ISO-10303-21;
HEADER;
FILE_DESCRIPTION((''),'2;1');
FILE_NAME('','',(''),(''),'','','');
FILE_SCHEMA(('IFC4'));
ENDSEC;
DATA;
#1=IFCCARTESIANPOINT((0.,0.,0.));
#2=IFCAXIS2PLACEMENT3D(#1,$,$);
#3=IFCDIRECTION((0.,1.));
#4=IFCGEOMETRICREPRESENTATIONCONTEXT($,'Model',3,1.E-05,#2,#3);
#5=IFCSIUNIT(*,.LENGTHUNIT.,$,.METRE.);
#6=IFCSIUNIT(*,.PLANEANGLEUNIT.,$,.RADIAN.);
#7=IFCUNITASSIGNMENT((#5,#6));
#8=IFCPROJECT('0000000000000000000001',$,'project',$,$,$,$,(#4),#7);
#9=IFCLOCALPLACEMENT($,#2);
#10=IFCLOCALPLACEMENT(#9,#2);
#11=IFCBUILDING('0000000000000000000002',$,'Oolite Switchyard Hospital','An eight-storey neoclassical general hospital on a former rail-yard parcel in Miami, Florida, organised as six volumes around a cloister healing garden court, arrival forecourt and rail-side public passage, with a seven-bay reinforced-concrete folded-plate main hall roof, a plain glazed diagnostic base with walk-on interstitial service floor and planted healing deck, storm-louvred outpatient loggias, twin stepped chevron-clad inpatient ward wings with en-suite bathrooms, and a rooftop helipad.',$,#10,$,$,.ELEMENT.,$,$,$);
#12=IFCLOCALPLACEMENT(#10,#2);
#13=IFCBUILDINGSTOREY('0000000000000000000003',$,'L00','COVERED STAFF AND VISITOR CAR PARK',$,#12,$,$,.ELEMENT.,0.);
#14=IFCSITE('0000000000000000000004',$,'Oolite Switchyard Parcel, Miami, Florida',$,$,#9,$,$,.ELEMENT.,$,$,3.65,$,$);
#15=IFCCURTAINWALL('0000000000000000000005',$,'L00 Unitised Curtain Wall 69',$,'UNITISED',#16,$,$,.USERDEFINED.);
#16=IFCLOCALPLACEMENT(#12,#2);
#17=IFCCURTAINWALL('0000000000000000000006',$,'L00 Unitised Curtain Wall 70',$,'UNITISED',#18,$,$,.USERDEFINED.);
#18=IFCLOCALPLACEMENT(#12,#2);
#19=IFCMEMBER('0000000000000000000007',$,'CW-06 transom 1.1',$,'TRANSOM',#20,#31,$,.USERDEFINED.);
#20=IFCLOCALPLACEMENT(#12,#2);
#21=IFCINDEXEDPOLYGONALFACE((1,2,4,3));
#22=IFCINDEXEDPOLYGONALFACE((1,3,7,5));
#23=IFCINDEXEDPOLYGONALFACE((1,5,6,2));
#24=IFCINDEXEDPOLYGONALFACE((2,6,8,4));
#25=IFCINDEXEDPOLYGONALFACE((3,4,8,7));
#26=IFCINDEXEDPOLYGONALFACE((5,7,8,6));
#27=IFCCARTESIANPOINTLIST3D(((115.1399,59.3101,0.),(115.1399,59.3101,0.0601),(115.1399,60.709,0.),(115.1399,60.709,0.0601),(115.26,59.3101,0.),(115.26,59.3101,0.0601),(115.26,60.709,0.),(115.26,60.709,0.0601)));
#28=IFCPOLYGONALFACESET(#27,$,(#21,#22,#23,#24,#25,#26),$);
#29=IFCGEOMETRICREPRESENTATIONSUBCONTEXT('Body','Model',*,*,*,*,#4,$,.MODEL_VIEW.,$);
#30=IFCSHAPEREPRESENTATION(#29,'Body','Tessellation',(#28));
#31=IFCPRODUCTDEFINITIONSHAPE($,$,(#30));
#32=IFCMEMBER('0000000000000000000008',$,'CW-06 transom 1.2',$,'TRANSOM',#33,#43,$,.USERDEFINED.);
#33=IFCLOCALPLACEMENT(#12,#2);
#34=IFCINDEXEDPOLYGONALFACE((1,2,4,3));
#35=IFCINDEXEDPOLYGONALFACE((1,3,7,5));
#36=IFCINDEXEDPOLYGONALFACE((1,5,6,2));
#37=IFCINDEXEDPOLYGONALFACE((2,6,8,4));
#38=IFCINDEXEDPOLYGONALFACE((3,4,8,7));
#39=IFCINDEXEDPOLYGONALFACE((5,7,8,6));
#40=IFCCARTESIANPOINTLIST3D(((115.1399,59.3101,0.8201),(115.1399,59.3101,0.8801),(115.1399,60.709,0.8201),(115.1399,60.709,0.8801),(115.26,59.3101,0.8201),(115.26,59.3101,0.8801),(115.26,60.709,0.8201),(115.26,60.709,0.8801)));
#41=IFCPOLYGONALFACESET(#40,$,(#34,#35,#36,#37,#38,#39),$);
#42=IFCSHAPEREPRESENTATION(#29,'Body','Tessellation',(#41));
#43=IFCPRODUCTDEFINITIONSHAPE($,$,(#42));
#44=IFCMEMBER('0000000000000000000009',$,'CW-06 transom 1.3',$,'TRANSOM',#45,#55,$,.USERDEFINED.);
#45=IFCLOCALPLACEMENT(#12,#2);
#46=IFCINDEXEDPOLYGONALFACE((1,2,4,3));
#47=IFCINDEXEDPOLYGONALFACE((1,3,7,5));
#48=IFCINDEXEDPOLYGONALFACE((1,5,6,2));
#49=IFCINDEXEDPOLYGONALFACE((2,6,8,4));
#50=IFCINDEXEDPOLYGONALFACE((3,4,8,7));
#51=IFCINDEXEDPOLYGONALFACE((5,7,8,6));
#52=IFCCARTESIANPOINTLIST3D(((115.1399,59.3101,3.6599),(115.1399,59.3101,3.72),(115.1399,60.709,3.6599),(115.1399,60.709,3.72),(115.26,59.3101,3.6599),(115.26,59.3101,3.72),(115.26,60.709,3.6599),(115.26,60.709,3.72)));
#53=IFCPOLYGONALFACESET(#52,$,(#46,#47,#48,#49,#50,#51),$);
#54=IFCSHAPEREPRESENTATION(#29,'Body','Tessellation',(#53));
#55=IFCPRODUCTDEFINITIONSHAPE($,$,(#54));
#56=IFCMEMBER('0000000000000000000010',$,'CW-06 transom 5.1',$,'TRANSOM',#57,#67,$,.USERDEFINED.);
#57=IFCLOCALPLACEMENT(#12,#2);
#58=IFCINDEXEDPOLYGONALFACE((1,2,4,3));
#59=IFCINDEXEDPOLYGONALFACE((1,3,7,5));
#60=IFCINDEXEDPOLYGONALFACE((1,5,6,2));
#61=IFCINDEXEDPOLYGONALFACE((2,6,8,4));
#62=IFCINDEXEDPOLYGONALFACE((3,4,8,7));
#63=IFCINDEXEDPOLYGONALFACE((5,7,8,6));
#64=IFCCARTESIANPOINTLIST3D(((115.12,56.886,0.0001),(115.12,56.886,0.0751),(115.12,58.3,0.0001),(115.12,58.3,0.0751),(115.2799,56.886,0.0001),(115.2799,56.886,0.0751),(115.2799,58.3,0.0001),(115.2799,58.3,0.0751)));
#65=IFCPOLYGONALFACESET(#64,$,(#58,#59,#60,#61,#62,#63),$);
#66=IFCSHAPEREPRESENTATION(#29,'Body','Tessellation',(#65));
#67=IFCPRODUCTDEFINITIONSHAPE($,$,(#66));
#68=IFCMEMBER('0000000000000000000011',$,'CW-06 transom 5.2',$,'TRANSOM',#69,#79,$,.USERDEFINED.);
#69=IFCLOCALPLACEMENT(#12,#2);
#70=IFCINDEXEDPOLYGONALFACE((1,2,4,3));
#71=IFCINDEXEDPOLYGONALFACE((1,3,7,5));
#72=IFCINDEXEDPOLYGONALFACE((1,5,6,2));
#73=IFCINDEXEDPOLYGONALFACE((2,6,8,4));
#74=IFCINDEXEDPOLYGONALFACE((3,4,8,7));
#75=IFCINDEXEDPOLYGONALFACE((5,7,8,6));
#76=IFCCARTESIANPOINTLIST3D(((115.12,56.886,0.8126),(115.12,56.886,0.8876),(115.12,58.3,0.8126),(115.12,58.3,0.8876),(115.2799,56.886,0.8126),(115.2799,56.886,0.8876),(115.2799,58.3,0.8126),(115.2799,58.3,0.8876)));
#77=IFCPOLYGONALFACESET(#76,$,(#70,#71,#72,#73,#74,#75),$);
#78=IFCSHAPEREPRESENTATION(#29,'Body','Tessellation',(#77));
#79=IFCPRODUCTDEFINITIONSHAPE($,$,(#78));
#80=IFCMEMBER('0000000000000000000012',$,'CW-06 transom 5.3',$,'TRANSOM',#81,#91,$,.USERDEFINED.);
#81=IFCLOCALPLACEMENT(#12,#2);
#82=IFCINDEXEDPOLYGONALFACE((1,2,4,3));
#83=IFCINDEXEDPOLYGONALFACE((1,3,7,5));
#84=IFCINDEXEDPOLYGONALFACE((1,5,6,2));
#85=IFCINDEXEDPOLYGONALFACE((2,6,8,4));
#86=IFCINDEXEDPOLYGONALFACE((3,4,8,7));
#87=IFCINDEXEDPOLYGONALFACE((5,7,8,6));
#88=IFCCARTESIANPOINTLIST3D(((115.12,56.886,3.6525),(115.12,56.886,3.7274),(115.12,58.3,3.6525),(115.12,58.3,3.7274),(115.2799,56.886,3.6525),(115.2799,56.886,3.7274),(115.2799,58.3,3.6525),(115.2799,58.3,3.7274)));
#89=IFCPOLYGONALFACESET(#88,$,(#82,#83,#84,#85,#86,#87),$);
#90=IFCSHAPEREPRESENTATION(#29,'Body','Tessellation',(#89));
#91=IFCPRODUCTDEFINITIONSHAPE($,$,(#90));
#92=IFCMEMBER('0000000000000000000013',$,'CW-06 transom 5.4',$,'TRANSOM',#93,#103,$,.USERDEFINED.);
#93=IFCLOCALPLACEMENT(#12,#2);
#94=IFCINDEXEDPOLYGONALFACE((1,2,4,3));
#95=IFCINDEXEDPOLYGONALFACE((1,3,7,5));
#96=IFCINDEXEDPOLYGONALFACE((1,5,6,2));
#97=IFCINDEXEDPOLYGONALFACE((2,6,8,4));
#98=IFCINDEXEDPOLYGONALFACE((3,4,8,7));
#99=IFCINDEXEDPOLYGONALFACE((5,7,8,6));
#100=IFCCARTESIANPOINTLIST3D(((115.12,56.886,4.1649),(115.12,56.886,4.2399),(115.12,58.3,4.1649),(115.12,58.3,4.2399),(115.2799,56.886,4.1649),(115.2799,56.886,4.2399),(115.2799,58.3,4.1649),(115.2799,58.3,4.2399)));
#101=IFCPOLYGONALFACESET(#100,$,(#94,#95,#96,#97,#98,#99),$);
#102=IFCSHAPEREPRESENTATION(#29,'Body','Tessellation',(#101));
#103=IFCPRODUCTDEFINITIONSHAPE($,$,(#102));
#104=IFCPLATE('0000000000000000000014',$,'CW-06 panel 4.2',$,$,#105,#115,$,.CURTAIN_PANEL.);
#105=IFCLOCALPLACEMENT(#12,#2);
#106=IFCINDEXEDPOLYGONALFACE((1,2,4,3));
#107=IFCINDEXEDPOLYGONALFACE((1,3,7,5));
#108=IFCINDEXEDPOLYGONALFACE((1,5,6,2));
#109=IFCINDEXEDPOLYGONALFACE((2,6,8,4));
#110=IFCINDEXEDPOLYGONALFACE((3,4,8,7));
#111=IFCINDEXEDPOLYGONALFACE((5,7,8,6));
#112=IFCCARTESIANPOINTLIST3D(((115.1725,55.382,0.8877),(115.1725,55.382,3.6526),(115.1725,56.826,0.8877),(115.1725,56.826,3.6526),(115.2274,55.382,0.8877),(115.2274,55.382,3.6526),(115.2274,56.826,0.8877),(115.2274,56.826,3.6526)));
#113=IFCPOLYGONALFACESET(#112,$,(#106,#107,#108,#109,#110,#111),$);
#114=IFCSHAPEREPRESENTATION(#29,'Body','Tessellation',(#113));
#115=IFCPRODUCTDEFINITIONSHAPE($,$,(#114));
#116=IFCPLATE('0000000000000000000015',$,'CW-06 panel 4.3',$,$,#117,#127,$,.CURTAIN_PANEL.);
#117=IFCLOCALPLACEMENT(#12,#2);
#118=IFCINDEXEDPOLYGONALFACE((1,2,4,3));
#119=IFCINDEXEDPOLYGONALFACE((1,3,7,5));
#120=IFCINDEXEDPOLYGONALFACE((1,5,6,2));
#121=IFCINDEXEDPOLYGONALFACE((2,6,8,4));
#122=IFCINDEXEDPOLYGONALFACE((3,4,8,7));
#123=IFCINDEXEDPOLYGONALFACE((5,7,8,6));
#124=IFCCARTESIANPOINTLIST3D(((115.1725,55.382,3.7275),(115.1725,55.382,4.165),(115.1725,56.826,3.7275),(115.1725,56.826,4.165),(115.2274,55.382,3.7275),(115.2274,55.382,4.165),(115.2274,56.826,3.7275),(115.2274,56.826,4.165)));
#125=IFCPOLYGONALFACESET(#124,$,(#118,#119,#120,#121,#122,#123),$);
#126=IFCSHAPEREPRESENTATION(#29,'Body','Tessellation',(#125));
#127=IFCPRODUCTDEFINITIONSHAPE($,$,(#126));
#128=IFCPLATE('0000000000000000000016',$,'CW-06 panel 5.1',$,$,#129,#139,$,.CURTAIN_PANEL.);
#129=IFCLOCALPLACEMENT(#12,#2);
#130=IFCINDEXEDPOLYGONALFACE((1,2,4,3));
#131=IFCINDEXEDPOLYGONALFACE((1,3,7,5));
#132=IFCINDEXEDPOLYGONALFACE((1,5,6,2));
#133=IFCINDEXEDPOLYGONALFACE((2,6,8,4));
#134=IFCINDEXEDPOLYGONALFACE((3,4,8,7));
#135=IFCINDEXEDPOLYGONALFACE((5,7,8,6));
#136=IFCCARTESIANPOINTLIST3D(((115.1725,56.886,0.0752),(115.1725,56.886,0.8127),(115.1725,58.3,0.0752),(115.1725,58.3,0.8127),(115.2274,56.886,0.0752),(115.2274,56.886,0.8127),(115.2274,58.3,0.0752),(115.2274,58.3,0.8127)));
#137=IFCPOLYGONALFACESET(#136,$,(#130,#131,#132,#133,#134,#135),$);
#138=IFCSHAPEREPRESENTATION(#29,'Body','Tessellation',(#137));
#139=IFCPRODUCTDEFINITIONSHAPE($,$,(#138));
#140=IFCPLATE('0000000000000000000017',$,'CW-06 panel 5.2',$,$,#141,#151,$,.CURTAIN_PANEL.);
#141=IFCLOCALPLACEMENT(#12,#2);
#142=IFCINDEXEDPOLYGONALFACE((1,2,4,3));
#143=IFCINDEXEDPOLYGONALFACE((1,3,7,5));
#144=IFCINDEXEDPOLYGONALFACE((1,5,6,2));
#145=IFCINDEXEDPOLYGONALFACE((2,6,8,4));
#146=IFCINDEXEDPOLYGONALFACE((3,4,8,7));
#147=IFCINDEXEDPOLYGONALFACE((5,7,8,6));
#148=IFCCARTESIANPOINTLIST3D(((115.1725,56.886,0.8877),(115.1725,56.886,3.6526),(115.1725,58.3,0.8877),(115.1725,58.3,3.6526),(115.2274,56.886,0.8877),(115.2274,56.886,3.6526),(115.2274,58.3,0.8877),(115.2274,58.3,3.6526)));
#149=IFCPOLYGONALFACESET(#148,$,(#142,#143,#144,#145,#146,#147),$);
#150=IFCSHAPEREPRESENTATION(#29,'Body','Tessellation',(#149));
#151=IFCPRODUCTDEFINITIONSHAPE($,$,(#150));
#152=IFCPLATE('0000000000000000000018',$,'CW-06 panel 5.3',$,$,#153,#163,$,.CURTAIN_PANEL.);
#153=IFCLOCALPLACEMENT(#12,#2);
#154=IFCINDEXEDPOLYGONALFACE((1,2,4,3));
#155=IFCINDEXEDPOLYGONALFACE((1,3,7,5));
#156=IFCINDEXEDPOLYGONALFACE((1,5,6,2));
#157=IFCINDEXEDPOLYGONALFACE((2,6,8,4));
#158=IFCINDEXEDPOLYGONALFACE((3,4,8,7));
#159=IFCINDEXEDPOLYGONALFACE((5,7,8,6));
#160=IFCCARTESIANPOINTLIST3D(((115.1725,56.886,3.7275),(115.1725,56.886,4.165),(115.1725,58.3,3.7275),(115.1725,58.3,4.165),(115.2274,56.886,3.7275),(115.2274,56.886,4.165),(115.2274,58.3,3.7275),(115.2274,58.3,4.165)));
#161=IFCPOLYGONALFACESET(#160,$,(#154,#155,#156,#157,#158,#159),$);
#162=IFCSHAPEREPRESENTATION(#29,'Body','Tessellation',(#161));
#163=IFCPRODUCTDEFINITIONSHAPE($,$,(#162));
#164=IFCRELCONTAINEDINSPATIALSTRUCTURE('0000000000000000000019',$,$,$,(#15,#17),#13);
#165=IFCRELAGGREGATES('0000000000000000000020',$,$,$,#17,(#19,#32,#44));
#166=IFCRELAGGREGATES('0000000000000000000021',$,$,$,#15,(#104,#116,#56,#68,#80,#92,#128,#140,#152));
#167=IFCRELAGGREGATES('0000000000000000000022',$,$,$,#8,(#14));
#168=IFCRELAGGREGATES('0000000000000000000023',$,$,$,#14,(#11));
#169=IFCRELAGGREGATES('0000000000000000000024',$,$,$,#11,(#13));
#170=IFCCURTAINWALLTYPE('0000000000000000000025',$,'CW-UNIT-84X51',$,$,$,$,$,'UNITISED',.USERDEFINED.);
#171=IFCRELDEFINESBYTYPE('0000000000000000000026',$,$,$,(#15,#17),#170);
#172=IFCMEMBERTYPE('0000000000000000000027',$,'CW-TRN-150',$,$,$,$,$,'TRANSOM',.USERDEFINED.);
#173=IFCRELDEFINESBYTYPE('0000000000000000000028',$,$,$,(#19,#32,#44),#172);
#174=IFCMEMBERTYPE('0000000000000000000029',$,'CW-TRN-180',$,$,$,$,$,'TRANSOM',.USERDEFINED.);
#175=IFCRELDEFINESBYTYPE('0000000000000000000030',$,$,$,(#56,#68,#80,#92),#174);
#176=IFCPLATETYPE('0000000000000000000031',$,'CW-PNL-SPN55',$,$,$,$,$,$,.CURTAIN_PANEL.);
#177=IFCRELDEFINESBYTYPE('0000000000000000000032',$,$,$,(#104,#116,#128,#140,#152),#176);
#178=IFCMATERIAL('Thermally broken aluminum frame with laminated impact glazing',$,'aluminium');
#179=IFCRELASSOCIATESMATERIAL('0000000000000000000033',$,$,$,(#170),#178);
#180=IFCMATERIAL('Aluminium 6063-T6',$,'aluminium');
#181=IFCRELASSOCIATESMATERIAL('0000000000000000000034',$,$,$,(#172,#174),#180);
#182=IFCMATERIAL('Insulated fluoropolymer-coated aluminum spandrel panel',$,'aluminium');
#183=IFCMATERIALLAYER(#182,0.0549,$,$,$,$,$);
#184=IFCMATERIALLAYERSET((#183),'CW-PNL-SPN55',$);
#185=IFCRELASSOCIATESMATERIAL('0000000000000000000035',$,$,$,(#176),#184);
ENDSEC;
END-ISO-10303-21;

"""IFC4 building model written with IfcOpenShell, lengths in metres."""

from ifc_helpers import new_model, si_unit, direction, frame, origin, origin_2d, place, context, subcontext, project, spatial, rectangle, extrude, material, layer, layer_set, material_profile, profile_set, type_object, element, aggregate, save


model = new_model("IFC4")

# Units and contexts
model_context = context("Model", 3, precision=1e-05, world=origin(), true_north=direction((0.0, 1.0)))
body_context = subcontext(model_context, "Body", "Model", "MODEL_VIEW")
ifc_project = project(units=[si_unit("LENGTHUNIT", "METRE"), si_unit("PLANEANGLEUNIT", "RADIAN")], contexts=[model_context])

# Site, building, storey
site_placement = place(None, origin())
site = spatial("IfcSite", under=ifc_project, at=site_placement, Name="Oolite Switchyard Parcel, Miami, Florida", CompositionType="ELEMENT", RefElevation=3.65)
building_placement = place(site_placement, origin())
building = spatial("IfcBuilding", under=site, at=building_placement, Name="Oolite Switchyard Hospital", Description="An eight-storey neoclassical general hospital on a former rail-yard parcel in Miami, Florida, organised as six volumes around a cloister healing garden court, arrival forecourt and rail-side public passage, with a seven-bay reinforced-concrete folded-plate main hall roof, a plain glazed diagnostic base with walk-on interstitial service floor and planted healing deck, storm-louvred outpatient loggias, twin stepped chevron-clad inpatient ward wings with en-suite bathrooms, and a rooftop helipad.", CompositionType="ELEMENT")
storey_placement = place(building_placement, origin())
storey = spatial("IfcBuildingStorey", under=building, at=storey_placement, Name="L00", Description="COVERED STAFF AND VISITOR CAR PARK", CompositionType="ELEMENT", Elevation=0.0)

# Curtain walls, members
ifc_material_1 = material(Name="Thermally broken aluminum frame with laminated impact glazing", Category="aluminium")
curtain_wall_type = type_object("IfcCurtainWallType", Name="CW-UNIT-84X51", ElementType="UNITISED", PredefinedType="USERDEFINED", material=ifc_material_1)
curtain_wall_1_placement = place(storey_placement, origin())
curtain_wall_1 = element("IfcCurtainWall", 1, at=curtain_wall_1_placement, inside=storey, type_object=curtain_wall_type, Name="L00 Unitised Curtain Wall 69", ObjectType="UNITISED", PredefinedType="USERDEFINED")
ifc_material_2 = material(Name="Aluminium 6063-T6", Category="aluminium")
curtain_wall_2_placement = place(storey_placement, origin())
curtain_wall_2 = element("IfcCurtainWall", 2, at=curtain_wall_2_placement, inside=storey, type_object=curtain_wall_type, Name="L00 Unitised Curtain Wall 70", ObjectType="UNITISED", PredefinedType="USERDEFINED")
ifc_material_profile_1 = material_profile(ifc_material_2, rectangle(XDim=0.1201, YDim=0.0601, at=origin_2d()), Name="CWT60X120")
ifc_profile_set_1 = profile_set([ifc_material_profile_1], Name="Aluminium 6063-T6")
member_type_1 = type_object("IfcMemberType", Name="CW-TRN-150", ElementType="TRANSOM", PredefinedType="USERDEFINED", material=ifc_profile_set_1)
member_1_placement = place(storey_placement, frame((115.2, 59.3101, 0.03), z_axis=(0.0, 1.0, 0.0), x_axis=(-1.0, 0.0, 0.0)))
member_1 = element("IfcMember", 3, at=member_1_placement, type_object=member_type_1, Name="CW-06 transom 1.1", ObjectType="TRANSOM", PredefinedType="USERDEFINED", context=body_context, shape_type="SweptSolid", body=[
    extrude(rectangle(XDim=0.1201, YDim=0.0601, at=origin_2d()), origin(), (0.0, 0.0, 1.0), 1.3989),
])
member_2_placement = place(storey_placement, frame((115.2, 59.3101, 0.8501), z_axis=(0.0, 1.0, 0.0), x_axis=(-1.0, 0.0, 0.0)))
member_2 = element("IfcMember", 4, at=member_2_placement, type_object=member_type_1, Name="CW-06 transom 1.2", ObjectType="TRANSOM", PredefinedType="USERDEFINED", context=body_context, shape_type="SweptSolid", body=[
    extrude(rectangle(XDim=0.1201, YDim=0.0601, at=origin_2d()), origin(), (0.0, 0.0, 1.0), 1.3989),
])
member_3_placement = place(storey_placement, frame((115.2, 59.3101, 3.6899), z_axis=(0.0, 1.0, 0.0), x_axis=(-1.0, 0.0, 0.0)))
member_3 = element("IfcMember", 5, at=member_3_placement, type_object=member_type_1, Name="CW-06 transom 1.3", ObjectType="TRANSOM", PredefinedType="USERDEFINED", context=body_context, shape_type="SweptSolid", body=[
    extrude(rectangle(XDim=0.1201, YDim=0.0601, at=origin_2d()), origin(), (0.0, 0.0, 1.0), 1.3989),
])
aggregate(curtain_wall_2, [member_1, member_2, member_3])

# Members
ifc_material_profile_2 = material_profile(ifc_material_2, rectangle(XDim=0.1599, YDim=0.075, at=origin_2d()), Name="CWT75X160")
ifc_profile_set_2 = profile_set([ifc_material_profile_2], Name="Aluminium 6063-T6")
member_type_2 = type_object("IfcMemberType", Name="CW-TRN-180", ElementType="TRANSOM", PredefinedType="USERDEFINED", material=ifc_profile_set_2)
member_4_placement = place(storey_placement, frame((115.2, 56.886, 0.0376), z_axis=(0.0, 1.0, 0.0), x_axis=(-1.0, 0.0, 0.0)))
member_4 = element("IfcMember", 6, at=member_4_placement, type_object=member_type_2, Name="CW-06 transom 5.1", ObjectType="TRANSOM", PredefinedType="USERDEFINED", context=body_context, shape_type="SweptSolid", body=[
    extrude(rectangle(XDim=0.1599, YDim=0.075, at=origin_2d()), origin(), (0.0, 0.0, 1.0), 1.4141),
])
member_5_placement = place(storey_placement, frame((115.2, 56.886, 0.8501), z_axis=(0.0, 1.0, 0.0), x_axis=(-1.0, 0.0, 0.0)))
member_5 = element("IfcMember", 7, at=member_5_placement, type_object=member_type_2, Name="CW-06 transom 5.2", ObjectType="TRANSOM", PredefinedType="USERDEFINED", context=body_context, shape_type="SweptSolid", body=[
    extrude(rectangle(XDim=0.1599, YDim=0.075, at=origin_2d()), origin(), (0.0, 0.0, 1.0), 1.4141),
])
member_6_placement = place(storey_placement, frame((115.2, 56.886, 3.6899), z_axis=(0.0, 1.0, 0.0), x_axis=(-1.0, 0.0, 0.0)))
member_6 = element("IfcMember", 8, at=member_6_placement, type_object=member_type_2, Name="CW-06 transom 5.3", ObjectType="TRANSOM", PredefinedType="USERDEFINED", context=body_context, shape_type="SweptSolid", body=[
    extrude(rectangle(XDim=0.1599, YDim=0.075, at=origin_2d()), origin(), (0.0, 0.0, 1.0), 1.4141),
])
member_7_placement = place(storey_placement, frame((115.2, 56.886, 4.2024), z_axis=(0.0, 1.0, 0.0), x_axis=(-1.0, 0.0, 0.0)))
member_7 = element("IfcMember", 9, at=member_7_placement, type_object=member_type_2, Name="CW-06 transom 5.4", ObjectType="TRANSOM", PredefinedType="USERDEFINED", context=body_context, shape_type="SweptSolid", body=[
    extrude(rectangle(XDim=0.1599, YDim=0.075, at=origin_2d()), origin(), (0.0, 0.0, 1.0), 1.4141),
])

# Plates
ifc_material_3 = material(Name="Insulated fluoropolymer-coated aluminum spandrel panel", Category="aluminium")
ifc_layer = layer(ifc_material_3, 0.0549)
ifc_layer_set = layer_set([ifc_layer], Name="CW-PNL-SPN55")
plate_type = type_object("IfcPlateType", Name="CW-PNL-SPN55", PredefinedType="CURTAIN_PANEL", material=ifc_layer_set)
plate_1_placement = place(storey_placement, frame((115.2, 56.104, 0.8877), z_axis=(0.0, 0.0, 1.0), x_axis=(0.0, 1.0, 0.0)))
plate_1 = element("IfcPlate", 10, at=plate_1_placement, type_object=plate_type, Name="CW-06 panel 4.2", PredefinedType="CURTAIN_PANEL", context=body_context, shape_type="SweptSolid", body=[
    extrude(rectangle(XDim=1.4441, YDim=0.0549, at=origin_2d()), origin(), (0.0, 0.0, 1.0), 2.7649),
])
plate_2_placement = place(storey_placement, frame((115.2, 56.104, 3.7275), z_axis=(0.0, 0.0, 1.0), x_axis=(0.0, 1.0, 0.0)))
plate_2 = element("IfcPlate", 11, at=plate_2_placement, type_object=plate_type, Name="CW-06 panel 4.3", PredefinedType="CURTAIN_PANEL", context=body_context, shape_type="SweptSolid", body=[
    extrude(rectangle(XDim=1.4441, YDim=0.0549, at=origin_2d()), origin(), (0.0, 0.0, 1.0), 0.4375),
])
plate_3_placement = place(storey_placement, frame((115.2, 57.593, 0.0752), z_axis=(0.0, 0.0, 1.0), x_axis=(0.0, 1.0, 0.0)))
plate_3 = element("IfcPlate", 12, at=plate_3_placement, type_object=plate_type, Name="CW-06 panel 5.1", PredefinedType="CURTAIN_PANEL", context=body_context, shape_type="SweptSolid", body=[
    extrude(rectangle(XDim=1.4141, YDim=0.0549, at=origin_2d()), origin(), (0.0, 0.0, 1.0), 0.7375),
])
plate_4_placement = place(storey_placement, frame((115.2, 57.593, 0.8877), z_axis=(0.0, 0.0, 1.0), x_axis=(0.0, 1.0, 0.0)))
plate_4 = element("IfcPlate", 13, at=plate_4_placement, type_object=plate_type, Name="CW-06 panel 5.2", PredefinedType="CURTAIN_PANEL", context=body_context, shape_type="SweptSolid", body=[
    extrude(rectangle(XDim=1.4141, YDim=0.0549, at=origin_2d()), origin(), (0.0, 0.0, 1.0), 2.7649),
])
plate_5_placement = place(storey_placement, frame((115.2, 57.593, 3.7275), z_axis=(0.0, 0.0, 1.0), x_axis=(0.0, 1.0, 0.0)))
plate_5 = element("IfcPlate", 14, at=plate_5_placement, type_object=plate_type, Name="CW-06 panel 5.3", PredefinedType="CURTAIN_PANEL", context=body_context, shape_type="SweptSolid", body=[
    extrude(rectangle(XDim=1.4141, YDim=0.0549, at=origin_2d()), origin(), (0.0, 0.0, 1.0), 0.4375),
])
aggregate(curtain_wall_1, [plate_1, plate_2, member_4, member_5, member_6, member_7, plate_3, plate_4, plate_5])

save(model, "model.ifc")
